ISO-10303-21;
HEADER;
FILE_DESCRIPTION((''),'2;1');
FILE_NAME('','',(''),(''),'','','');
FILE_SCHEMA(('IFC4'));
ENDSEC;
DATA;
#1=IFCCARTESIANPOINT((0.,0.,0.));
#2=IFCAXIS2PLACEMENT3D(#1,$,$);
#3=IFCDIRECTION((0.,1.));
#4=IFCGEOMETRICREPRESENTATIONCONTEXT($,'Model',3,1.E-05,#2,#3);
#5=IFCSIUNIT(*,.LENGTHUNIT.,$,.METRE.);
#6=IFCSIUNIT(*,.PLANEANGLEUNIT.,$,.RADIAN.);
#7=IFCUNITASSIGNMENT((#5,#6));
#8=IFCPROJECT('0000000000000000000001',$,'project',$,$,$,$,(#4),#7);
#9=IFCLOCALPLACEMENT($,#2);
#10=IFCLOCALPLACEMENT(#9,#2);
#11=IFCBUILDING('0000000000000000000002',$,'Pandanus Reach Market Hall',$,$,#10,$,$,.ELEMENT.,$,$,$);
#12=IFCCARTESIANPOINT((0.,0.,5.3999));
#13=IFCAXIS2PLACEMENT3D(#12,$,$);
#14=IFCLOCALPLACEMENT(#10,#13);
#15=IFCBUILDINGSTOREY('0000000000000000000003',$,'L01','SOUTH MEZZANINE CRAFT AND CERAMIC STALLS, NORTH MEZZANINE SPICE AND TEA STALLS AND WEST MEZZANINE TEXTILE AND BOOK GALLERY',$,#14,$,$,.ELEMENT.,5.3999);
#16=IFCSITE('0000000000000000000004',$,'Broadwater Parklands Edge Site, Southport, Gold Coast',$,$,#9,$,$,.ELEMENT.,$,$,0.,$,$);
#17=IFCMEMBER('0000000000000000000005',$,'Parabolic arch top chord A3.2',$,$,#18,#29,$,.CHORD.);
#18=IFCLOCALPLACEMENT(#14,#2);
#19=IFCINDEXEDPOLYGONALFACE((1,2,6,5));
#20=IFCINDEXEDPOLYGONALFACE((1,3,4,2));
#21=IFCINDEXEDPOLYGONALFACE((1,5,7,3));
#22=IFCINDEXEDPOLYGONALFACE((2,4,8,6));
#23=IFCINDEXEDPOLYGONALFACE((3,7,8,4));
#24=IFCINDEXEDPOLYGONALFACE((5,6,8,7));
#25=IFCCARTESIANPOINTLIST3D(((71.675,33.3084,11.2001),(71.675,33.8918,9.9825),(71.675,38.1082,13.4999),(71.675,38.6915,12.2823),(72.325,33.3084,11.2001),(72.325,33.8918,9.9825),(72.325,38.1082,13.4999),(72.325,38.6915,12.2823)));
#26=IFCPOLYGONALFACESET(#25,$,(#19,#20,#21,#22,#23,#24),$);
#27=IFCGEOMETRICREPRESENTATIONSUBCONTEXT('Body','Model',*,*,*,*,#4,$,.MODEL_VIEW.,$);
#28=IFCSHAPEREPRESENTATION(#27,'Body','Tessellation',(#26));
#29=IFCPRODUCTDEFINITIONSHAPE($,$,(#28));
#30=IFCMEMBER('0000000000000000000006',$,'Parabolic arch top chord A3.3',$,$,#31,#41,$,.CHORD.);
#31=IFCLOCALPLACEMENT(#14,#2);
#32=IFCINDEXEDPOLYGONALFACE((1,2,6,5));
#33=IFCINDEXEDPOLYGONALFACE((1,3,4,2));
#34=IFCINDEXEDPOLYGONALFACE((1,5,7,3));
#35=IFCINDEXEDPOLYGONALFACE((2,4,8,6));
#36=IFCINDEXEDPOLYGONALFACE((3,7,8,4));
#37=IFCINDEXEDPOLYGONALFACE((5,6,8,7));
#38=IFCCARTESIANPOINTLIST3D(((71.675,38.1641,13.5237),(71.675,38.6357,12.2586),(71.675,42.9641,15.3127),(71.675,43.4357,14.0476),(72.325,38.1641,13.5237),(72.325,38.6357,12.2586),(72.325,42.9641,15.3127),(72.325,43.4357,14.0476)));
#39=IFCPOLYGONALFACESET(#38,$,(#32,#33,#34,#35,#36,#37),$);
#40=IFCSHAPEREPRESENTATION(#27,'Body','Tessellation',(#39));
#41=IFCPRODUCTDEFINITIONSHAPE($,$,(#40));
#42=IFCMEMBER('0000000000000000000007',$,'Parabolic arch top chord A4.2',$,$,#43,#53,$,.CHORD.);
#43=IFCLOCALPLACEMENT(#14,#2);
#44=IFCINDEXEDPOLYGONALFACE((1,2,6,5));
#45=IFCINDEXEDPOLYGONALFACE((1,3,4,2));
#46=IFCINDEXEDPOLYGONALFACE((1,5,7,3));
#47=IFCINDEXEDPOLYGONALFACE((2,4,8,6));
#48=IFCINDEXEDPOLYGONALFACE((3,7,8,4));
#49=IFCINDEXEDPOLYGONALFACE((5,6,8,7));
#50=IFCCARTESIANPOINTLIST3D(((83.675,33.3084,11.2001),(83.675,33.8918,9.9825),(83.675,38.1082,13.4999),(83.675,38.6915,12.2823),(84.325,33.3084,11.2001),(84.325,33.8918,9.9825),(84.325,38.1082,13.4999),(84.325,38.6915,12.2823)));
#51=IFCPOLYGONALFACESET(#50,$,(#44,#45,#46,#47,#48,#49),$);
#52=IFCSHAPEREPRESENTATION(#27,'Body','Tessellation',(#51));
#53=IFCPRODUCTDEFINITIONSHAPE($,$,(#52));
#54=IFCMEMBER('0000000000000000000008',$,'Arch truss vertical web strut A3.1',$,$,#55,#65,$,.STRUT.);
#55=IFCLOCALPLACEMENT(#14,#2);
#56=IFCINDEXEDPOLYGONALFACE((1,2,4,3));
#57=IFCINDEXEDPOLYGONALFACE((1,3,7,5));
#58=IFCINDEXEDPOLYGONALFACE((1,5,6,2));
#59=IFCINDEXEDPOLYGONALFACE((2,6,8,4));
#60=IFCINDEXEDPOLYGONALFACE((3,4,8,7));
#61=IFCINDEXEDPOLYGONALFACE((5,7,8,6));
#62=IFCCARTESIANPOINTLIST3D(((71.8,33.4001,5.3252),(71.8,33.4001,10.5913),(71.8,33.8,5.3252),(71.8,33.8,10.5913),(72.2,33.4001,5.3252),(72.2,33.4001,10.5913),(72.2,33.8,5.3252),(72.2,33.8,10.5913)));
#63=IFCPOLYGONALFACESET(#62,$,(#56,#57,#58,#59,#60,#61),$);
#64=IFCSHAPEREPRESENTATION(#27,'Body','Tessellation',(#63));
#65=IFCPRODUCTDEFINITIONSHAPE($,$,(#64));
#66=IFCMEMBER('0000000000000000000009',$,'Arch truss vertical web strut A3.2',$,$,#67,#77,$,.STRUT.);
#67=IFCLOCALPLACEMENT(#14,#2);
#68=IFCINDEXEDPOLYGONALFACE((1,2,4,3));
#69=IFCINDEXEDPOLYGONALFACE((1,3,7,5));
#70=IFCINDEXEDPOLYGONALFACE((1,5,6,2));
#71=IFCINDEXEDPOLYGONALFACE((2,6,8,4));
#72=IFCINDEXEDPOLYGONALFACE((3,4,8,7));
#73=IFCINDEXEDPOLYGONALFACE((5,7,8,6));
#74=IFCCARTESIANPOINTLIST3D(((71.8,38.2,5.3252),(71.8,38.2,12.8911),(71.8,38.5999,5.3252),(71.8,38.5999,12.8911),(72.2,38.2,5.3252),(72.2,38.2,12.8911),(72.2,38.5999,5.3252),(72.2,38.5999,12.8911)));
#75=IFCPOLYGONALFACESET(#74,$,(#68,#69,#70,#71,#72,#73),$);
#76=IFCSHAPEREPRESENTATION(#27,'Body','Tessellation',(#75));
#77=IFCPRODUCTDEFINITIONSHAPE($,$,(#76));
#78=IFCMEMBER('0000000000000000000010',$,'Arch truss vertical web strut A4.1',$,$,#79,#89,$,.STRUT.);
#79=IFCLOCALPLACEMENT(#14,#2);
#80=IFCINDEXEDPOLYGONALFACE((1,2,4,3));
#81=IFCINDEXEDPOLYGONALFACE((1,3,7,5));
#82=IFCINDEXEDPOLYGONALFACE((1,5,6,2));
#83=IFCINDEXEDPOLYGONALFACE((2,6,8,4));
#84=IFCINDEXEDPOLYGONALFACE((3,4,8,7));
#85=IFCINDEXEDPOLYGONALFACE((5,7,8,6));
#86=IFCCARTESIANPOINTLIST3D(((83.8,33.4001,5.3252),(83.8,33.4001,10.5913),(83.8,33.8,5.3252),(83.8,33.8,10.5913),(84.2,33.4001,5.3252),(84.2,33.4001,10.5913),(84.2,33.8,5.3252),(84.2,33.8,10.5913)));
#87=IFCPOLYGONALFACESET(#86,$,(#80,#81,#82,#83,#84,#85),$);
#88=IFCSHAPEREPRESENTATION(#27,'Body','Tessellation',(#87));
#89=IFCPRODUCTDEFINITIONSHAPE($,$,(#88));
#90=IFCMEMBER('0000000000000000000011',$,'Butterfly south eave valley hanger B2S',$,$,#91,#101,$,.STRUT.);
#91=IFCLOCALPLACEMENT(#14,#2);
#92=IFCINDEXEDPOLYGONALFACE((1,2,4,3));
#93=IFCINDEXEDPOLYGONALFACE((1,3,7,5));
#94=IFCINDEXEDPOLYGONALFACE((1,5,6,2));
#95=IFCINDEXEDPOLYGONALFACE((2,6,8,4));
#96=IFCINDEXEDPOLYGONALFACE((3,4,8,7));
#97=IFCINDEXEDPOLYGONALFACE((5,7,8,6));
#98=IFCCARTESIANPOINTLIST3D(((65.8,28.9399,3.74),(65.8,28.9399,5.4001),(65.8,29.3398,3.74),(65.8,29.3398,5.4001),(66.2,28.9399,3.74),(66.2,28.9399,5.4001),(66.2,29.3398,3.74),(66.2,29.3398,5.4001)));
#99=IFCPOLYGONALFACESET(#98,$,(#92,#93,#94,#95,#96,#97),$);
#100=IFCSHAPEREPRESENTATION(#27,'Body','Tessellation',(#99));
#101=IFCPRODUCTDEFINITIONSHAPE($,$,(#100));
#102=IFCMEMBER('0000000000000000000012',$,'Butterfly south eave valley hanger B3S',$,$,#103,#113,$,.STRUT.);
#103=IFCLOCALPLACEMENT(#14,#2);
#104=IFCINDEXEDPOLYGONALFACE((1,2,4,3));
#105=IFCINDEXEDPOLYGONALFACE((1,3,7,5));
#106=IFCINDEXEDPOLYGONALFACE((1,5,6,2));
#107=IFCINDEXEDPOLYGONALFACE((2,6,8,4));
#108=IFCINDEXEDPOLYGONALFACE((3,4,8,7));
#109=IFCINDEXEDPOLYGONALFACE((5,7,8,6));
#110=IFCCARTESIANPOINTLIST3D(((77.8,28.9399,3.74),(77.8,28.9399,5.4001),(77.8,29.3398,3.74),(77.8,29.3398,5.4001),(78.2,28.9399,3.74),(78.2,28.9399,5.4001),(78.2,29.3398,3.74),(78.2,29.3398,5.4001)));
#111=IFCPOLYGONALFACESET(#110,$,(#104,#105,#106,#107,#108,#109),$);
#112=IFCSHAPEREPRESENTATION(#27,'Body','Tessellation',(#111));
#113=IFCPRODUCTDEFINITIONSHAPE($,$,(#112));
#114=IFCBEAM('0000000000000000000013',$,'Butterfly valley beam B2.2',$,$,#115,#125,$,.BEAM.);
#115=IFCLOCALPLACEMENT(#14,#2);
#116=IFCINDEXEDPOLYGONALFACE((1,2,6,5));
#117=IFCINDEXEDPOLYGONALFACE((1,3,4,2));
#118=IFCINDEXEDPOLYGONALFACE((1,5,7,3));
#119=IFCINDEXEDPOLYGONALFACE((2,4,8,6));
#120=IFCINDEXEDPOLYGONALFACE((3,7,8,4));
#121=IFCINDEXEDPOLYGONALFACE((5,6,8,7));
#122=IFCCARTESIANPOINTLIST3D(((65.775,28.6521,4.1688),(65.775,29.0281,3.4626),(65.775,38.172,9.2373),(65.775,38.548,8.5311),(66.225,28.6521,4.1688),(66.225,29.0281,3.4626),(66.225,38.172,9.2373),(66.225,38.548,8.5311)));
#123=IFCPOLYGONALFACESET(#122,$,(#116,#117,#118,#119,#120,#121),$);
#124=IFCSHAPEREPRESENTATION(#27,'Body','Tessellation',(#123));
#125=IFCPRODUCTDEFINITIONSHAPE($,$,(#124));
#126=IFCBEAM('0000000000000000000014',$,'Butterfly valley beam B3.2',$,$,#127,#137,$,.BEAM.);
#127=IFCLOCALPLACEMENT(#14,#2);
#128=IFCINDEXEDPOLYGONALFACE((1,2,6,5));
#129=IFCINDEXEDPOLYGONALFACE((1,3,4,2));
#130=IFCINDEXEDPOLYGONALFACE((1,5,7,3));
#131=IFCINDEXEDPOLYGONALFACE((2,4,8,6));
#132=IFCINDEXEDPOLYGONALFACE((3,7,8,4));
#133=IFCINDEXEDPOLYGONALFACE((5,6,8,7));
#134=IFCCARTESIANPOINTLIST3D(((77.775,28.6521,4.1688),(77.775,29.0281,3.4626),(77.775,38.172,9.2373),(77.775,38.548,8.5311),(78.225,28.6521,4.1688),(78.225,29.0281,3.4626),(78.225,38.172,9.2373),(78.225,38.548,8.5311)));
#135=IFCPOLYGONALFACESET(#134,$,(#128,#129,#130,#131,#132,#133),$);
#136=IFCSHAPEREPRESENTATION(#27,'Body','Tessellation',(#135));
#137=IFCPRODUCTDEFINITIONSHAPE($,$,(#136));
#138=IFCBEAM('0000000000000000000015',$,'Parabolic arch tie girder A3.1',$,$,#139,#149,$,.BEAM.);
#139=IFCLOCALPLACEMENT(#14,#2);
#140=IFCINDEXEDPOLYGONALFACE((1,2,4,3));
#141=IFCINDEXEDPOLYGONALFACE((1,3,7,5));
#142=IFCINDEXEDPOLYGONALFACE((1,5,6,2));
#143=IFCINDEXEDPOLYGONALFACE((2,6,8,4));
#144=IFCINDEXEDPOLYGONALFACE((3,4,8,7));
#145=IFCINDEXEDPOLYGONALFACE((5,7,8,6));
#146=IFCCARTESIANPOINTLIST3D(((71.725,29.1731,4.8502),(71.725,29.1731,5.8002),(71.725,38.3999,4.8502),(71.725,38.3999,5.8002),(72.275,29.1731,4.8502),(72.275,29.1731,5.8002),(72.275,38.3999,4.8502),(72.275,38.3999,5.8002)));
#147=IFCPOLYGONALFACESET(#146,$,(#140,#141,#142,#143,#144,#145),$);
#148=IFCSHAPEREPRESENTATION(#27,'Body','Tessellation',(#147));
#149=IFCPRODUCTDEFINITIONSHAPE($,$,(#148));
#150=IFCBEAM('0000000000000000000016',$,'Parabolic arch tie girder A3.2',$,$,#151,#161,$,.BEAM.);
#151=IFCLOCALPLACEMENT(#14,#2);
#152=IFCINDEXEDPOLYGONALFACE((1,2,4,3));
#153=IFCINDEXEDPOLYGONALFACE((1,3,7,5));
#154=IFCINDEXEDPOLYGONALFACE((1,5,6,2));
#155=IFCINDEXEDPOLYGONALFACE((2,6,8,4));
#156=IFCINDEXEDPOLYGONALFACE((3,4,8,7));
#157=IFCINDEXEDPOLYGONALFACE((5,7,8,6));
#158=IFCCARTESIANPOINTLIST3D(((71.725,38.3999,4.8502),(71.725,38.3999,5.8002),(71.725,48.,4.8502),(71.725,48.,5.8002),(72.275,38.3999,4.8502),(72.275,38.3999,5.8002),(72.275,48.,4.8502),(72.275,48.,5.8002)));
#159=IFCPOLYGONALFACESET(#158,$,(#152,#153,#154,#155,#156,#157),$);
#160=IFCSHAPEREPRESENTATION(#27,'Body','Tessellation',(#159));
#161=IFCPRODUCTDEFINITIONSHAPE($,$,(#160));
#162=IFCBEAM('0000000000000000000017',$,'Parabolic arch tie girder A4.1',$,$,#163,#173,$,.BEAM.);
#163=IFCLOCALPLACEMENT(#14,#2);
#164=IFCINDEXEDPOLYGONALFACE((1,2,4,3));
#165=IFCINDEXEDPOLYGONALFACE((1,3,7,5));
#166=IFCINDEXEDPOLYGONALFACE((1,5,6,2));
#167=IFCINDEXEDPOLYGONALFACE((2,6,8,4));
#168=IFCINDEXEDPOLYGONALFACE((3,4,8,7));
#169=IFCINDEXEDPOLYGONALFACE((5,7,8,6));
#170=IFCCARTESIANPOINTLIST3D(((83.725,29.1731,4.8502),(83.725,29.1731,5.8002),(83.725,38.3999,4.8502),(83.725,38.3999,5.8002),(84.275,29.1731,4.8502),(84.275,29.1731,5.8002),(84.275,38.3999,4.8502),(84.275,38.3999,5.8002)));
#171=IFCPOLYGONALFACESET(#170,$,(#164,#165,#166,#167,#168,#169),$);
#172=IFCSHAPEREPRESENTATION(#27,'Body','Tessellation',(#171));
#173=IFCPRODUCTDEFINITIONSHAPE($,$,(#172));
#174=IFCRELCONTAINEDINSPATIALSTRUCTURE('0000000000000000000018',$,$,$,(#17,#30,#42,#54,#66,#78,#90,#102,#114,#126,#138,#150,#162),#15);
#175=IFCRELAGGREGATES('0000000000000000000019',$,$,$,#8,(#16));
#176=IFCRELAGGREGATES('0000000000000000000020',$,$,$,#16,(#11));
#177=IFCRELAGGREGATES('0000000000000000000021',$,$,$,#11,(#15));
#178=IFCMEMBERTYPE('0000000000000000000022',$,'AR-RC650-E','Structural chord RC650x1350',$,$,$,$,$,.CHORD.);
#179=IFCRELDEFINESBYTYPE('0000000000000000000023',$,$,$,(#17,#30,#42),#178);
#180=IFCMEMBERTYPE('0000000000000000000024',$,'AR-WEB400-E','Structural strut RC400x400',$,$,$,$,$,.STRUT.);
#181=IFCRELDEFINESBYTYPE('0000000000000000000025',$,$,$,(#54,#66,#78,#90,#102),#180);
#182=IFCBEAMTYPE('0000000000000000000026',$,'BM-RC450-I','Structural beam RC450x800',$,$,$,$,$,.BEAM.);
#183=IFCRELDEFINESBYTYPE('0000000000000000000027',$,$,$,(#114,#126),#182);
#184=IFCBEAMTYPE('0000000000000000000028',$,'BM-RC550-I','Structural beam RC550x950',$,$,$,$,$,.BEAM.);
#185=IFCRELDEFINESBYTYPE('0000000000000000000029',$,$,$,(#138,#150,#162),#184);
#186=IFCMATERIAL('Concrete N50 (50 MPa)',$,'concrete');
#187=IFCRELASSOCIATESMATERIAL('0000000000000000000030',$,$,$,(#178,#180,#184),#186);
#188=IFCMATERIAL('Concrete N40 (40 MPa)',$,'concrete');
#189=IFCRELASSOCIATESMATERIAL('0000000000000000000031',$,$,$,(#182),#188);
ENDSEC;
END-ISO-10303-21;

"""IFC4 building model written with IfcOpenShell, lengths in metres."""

from ifc_helpers import new_model, si_unit, direction, frame, origin, origin_2d, place, context, subcontext, project, spatial, rectangle, extrude, material, material_profile, profile_set, type_object, element, save


model = new_model("IFC4")

# Units and contexts
model_context = context("Model", 3, precision=1e-05, world=origin(), true_north=direction((0.0, 1.0)))
body_context = subcontext(model_context, "Body", "Model", "MODEL_VIEW")
ifc_project = project(units=[si_unit("LENGTHUNIT", "METRE"), si_unit("PLANEANGLEUNIT", "RADIAN")], contexts=[model_context])

# Site, building, storey
site_placement = place(None, origin())
site = spatial("IfcSite", under=ifc_project, at=site_placement, Name="Broadwater Parklands Edge Site, Southport, Gold Coast", CompositionType="ELEMENT", RefElevation=0.0)
building_placement = place(site_placement, origin())
building = spatial("IfcBuilding", under=site, at=building_placement, Name="Pandanus Reach Market Hall", CompositionType="ELEMENT")
storey_placement = place(building_placement, frame((0.0, 0.0, 5.3999)))
storey = spatial("IfcBuildingStorey", under=building, at=storey_placement, Name="L01", Description="SOUTH MEZZANINE CRAFT AND CERAMIC STALLS, NORTH MEZZANINE SPICE AND TEA STALLS AND WEST MEZZANINE TEXTILE AND BOOK GALLERY", CompositionType="ELEMENT", Elevation=5.3999)

# Members
ifc_material_1 = material(Name="Concrete N50 (50 MPa)", Category="concrete")
ifc_material_profile_1 = material_profile(ifc_material_1, rectangle(XDim=0.6499, YDim=1.3501, at=origin_2d()), Name="RC650x1350", Category="LoadBearing")
ifc_profile_set_1 = profile_set([ifc_material_profile_1], Name="Concrete N50 (50 MPa)")
member_type_1 = type_object("IfcMemberType", Name="AR-RC650-E", Description="Structural chord RC650x1350", PredefinedType="CHORD", material=ifc_profile_set_1)
member_1_placement = place(storey_placement, frame((72.0, 33.6001, 10.5913), z_axis=(0.0, 0.901823, 0.432105), x_axis=(-1.0, 0.0, 0.0)))
element("IfcMember", 1, at=member_1_placement, inside=storey, type_object=member_type_1, Name="Parabolic arch top chord A3.2", PredefinedType="CHORD", context=body_context, shape_type="SweptSolid", body=[
    extrude(rectangle(XDim=0.6499, YDim=1.3501, at=origin_2d()), origin(), (0.0, 0.0, 1.0), 5.3223),
])
member_2_placement = place(storey_placement, frame((72.0, 38.3999, 12.8911), z_axis=(0.0, 0.93703, 0.349248), x_axis=(-1.0, 0.0, 0.0)))
element("IfcMember", 2, at=member_2_placement, inside=storey, type_object=member_type_1, Name="Parabolic arch top chord A3.3", PredefinedType="CHORD", context=body_context, shape_type="SweptSolid", body=[
    extrude(rectangle(XDim=0.6499, YDim=1.3501, at=origin_2d()), origin(), (0.0, 0.0, 1.0), 5.1226),
])
member_3_placement = place(storey_placement, frame((84.0, 33.6001, 10.5913), z_axis=(0.0, 0.901823, 0.432105), x_axis=(-1.0, 0.0, 0.0)))
element("IfcMember", 3, at=member_3_placement, inside=storey, type_object=member_type_1, Name="Parabolic arch top chord A4.2", PredefinedType="CHORD", context=body_context, shape_type="SweptSolid", body=[
    extrude(rectangle(XDim=0.6499, YDim=1.3501, at=origin_2d()), origin(), (0.0, 0.0, 1.0), 5.3223),
])
ifc_material_profile_2 = material_profile(ifc_material_1, rectangle(XDim=0.3999, YDim=0.3999, at=origin_2d()), Name="RC400x400", Category="LoadBearing")
ifc_profile_set_2 = profile_set([ifc_material_profile_2], Name="Concrete N50 (50 MPa)")
member_type_2 = type_object("IfcMemberType", Name="AR-WEB400-E", Description="Structural strut RC400x400", PredefinedType="STRUT", material=ifc_profile_set_2)
member_4_placement = place(storey_placement, frame((72.0, 33.6001, 5.3252), z_axis=(0.0, 0.0, 1.0), x_axis=(1.0, 0.0, 0.0)))
element("IfcMember", 4, at=member_4_placement, inside=storey, type_object=member_type_2, Name="Arch truss vertical web strut A3.1", PredefinedType="STRUT", context=body_context, shape_type="SweptSolid", body=[
    extrude(rectangle(XDim=0.3999, YDim=0.3999, at=origin_2d()), origin(), (0.0, 0.0, 1.0), 5.2661),
])
member_5_placement = place(storey_placement, frame((72.0, 38.3999, 5.3252), z_axis=(0.0, 0.0, 1.0), x_axis=(1.0, 0.0, 0.0)))
element("IfcMember", 5, at=member_5_placement, inside=storey, type_object=member_type_2, Name="Arch truss vertical web strut A3.2", PredefinedType="STRUT", context=body_context, shape_type="SweptSolid", body=[
    extrude(rectangle(XDim=0.3999, YDim=0.3999, at=origin_2d()), origin(), (0.0, 0.0, 1.0), 7.5659),
])
member_6_placement = place(storey_placement, frame((84.0, 33.6001, 5.3252), z_axis=(0.0, 0.0, 1.0), x_axis=(1.0, 0.0, 0.0)))
element("IfcMember", 6, at=member_6_placement, inside=storey, type_object=member_type_2, Name="Arch truss vertical web strut A4.1", PredefinedType="STRUT", context=body_context, shape_type="SweptSolid", body=[
    extrude(rectangle(XDim=0.3999, YDim=0.3999, at=origin_2d()), origin(), (0.0, 0.0, 1.0), 5.2661),
])
for number, where, z_axis, x_axis, name in (
    (7, (66.0, 29.1399, 3.74), (0.0, 0.0, 1.0), (1.0, 0.0, 0.0), "Butterfly south eave valley hanger B2S"),
    (8, (78.0, 29.1399, 3.74), (0.0, 0.0, 1.0), (1.0, 0.0, 0.0), "Butterfly south eave valley hanger B3S"),
):
    element("IfcMember", number, at=place(storey_placement, frame(where, z_axis=z_axis, x_axis=x_axis)), inside=storey, type_object=member_type_2, Name=name, PredefinedType="STRUT", context=body_context, shape_type="SweptSolid", body=[
        extrude(rectangle(XDim=0.3999, YDim=0.3999, at=origin_2d()), origin(), (0.0, 0.0, 1.0), 1.6602),
    ])

# Beams
ifc_material_2 = material(Name="Concrete N40 (40 MPa)", Category="concrete")
ifc_material_profile_3 = material_profile(ifc_material_2, rectangle(XDim=0.45, YDim=0.8, at=origin_2d()), Name="RC450x800", Category="LoadBearing")
ifc_profile_set_3 = profile_set([ifc_material_profile_3], Name="Concrete N40 (40 MPa)")
beam_type_1 = type_object("IfcBeamType", Name="BM-RC450-I", Description="Structural beam RC450x800", PredefinedType="BEAM", material=ifc_profile_set_3)
for number, where, z_axis, x_axis, name in (
    (9, (66.0, 28.8401, 3.8157), (0.0, 0.882689, 0.469957), (-1.0, 0.0, 0.0), "Butterfly valley beam B2.2"),
    (10, (78.0, 28.8401, 3.8157), (0.0, 0.882689, 0.469957), (-1.0, 0.0, 0.0), "Butterfly valley beam B3.2"),
):
    element("IfcBeam", number, at=place(storey_placement, frame(where, z_axis=z_axis, x_axis=x_axis)), inside=storey, type_object=beam_type_1, Name=name, PredefinedType="BEAM", context=body_context, shape_type="SweptSolid", body=[
        extrude(rectangle(XDim=0.45, YDim=0.8, at=origin_2d()), origin(), (0.0, 0.0, 1.0), 10.7852),
    ])
ifc_material_profile_4 = material_profile(ifc_material_1, rectangle(XDim=0.55, YDim=0.95, at=origin_2d()), Name="RC550x950", Category="LoadBearing")
ifc_profile_set_4 = profile_set([ifc_material_profile_4], Name="Concrete N50 (50 MPa)")
beam_type_2 = type_object("IfcBeamType", Name="BM-RC550-I", Description="Structural beam RC550x950", PredefinedType="BEAM", material=ifc_profile_set_4)
beam_1_placement = place(storey_placement, frame((72.0, 29.1731, 5.3252), z_axis=(0.0, 1.0, 0.0), x_axis=(-1.0, 0.0, 0.0)))
element("IfcBeam", 11, at=beam_1_placement, inside=storey, type_object=beam_type_2, Name="Parabolic arch tie girder A3.1", PredefinedType="BEAM", context=body_context, shape_type="SweptSolid", body=[
    extrude(rectangle(XDim=0.55, YDim=0.95, at=origin_2d()), origin(), (0.0, 0.0, 1.0), 9.2268),
])
beam_2_placement = place(storey_placement, frame((72.0, 38.3999, 5.3252), z_axis=(0.0, 1.0, 0.0), x_axis=(-1.0, 0.0, 0.0)))
element("IfcBeam", 12, at=beam_2_placement, inside=storey, type_object=beam_type_2, Name="Parabolic arch tie girder A3.2", PredefinedType="BEAM", context=body_context, shape_type="SweptSolid", body=[
    extrude(rectangle(XDim=0.55, YDim=0.95, at=origin_2d()), origin(), (0.0, 0.0, 1.0), 9.6001),
])
beam_3_placement = place(storey_placement, frame((84.0, 29.1731, 5.3252), z_axis=(0.0, 1.0, 0.0), x_axis=(-1.0, 0.0, 0.0)))
element("IfcBeam", 13, at=beam_3_placement, inside=storey, type_object=beam_type_2, Name="Parabolic arch tie girder A4.1", PredefinedType="BEAM", context=body_context, shape_type="SweptSolid", body=[
    extrude(rectangle(XDim=0.55, YDim=0.95, at=origin_2d()), origin(), (0.0, 0.0, 1.0), 9.2268),
])

save(model, "model.ifc")
